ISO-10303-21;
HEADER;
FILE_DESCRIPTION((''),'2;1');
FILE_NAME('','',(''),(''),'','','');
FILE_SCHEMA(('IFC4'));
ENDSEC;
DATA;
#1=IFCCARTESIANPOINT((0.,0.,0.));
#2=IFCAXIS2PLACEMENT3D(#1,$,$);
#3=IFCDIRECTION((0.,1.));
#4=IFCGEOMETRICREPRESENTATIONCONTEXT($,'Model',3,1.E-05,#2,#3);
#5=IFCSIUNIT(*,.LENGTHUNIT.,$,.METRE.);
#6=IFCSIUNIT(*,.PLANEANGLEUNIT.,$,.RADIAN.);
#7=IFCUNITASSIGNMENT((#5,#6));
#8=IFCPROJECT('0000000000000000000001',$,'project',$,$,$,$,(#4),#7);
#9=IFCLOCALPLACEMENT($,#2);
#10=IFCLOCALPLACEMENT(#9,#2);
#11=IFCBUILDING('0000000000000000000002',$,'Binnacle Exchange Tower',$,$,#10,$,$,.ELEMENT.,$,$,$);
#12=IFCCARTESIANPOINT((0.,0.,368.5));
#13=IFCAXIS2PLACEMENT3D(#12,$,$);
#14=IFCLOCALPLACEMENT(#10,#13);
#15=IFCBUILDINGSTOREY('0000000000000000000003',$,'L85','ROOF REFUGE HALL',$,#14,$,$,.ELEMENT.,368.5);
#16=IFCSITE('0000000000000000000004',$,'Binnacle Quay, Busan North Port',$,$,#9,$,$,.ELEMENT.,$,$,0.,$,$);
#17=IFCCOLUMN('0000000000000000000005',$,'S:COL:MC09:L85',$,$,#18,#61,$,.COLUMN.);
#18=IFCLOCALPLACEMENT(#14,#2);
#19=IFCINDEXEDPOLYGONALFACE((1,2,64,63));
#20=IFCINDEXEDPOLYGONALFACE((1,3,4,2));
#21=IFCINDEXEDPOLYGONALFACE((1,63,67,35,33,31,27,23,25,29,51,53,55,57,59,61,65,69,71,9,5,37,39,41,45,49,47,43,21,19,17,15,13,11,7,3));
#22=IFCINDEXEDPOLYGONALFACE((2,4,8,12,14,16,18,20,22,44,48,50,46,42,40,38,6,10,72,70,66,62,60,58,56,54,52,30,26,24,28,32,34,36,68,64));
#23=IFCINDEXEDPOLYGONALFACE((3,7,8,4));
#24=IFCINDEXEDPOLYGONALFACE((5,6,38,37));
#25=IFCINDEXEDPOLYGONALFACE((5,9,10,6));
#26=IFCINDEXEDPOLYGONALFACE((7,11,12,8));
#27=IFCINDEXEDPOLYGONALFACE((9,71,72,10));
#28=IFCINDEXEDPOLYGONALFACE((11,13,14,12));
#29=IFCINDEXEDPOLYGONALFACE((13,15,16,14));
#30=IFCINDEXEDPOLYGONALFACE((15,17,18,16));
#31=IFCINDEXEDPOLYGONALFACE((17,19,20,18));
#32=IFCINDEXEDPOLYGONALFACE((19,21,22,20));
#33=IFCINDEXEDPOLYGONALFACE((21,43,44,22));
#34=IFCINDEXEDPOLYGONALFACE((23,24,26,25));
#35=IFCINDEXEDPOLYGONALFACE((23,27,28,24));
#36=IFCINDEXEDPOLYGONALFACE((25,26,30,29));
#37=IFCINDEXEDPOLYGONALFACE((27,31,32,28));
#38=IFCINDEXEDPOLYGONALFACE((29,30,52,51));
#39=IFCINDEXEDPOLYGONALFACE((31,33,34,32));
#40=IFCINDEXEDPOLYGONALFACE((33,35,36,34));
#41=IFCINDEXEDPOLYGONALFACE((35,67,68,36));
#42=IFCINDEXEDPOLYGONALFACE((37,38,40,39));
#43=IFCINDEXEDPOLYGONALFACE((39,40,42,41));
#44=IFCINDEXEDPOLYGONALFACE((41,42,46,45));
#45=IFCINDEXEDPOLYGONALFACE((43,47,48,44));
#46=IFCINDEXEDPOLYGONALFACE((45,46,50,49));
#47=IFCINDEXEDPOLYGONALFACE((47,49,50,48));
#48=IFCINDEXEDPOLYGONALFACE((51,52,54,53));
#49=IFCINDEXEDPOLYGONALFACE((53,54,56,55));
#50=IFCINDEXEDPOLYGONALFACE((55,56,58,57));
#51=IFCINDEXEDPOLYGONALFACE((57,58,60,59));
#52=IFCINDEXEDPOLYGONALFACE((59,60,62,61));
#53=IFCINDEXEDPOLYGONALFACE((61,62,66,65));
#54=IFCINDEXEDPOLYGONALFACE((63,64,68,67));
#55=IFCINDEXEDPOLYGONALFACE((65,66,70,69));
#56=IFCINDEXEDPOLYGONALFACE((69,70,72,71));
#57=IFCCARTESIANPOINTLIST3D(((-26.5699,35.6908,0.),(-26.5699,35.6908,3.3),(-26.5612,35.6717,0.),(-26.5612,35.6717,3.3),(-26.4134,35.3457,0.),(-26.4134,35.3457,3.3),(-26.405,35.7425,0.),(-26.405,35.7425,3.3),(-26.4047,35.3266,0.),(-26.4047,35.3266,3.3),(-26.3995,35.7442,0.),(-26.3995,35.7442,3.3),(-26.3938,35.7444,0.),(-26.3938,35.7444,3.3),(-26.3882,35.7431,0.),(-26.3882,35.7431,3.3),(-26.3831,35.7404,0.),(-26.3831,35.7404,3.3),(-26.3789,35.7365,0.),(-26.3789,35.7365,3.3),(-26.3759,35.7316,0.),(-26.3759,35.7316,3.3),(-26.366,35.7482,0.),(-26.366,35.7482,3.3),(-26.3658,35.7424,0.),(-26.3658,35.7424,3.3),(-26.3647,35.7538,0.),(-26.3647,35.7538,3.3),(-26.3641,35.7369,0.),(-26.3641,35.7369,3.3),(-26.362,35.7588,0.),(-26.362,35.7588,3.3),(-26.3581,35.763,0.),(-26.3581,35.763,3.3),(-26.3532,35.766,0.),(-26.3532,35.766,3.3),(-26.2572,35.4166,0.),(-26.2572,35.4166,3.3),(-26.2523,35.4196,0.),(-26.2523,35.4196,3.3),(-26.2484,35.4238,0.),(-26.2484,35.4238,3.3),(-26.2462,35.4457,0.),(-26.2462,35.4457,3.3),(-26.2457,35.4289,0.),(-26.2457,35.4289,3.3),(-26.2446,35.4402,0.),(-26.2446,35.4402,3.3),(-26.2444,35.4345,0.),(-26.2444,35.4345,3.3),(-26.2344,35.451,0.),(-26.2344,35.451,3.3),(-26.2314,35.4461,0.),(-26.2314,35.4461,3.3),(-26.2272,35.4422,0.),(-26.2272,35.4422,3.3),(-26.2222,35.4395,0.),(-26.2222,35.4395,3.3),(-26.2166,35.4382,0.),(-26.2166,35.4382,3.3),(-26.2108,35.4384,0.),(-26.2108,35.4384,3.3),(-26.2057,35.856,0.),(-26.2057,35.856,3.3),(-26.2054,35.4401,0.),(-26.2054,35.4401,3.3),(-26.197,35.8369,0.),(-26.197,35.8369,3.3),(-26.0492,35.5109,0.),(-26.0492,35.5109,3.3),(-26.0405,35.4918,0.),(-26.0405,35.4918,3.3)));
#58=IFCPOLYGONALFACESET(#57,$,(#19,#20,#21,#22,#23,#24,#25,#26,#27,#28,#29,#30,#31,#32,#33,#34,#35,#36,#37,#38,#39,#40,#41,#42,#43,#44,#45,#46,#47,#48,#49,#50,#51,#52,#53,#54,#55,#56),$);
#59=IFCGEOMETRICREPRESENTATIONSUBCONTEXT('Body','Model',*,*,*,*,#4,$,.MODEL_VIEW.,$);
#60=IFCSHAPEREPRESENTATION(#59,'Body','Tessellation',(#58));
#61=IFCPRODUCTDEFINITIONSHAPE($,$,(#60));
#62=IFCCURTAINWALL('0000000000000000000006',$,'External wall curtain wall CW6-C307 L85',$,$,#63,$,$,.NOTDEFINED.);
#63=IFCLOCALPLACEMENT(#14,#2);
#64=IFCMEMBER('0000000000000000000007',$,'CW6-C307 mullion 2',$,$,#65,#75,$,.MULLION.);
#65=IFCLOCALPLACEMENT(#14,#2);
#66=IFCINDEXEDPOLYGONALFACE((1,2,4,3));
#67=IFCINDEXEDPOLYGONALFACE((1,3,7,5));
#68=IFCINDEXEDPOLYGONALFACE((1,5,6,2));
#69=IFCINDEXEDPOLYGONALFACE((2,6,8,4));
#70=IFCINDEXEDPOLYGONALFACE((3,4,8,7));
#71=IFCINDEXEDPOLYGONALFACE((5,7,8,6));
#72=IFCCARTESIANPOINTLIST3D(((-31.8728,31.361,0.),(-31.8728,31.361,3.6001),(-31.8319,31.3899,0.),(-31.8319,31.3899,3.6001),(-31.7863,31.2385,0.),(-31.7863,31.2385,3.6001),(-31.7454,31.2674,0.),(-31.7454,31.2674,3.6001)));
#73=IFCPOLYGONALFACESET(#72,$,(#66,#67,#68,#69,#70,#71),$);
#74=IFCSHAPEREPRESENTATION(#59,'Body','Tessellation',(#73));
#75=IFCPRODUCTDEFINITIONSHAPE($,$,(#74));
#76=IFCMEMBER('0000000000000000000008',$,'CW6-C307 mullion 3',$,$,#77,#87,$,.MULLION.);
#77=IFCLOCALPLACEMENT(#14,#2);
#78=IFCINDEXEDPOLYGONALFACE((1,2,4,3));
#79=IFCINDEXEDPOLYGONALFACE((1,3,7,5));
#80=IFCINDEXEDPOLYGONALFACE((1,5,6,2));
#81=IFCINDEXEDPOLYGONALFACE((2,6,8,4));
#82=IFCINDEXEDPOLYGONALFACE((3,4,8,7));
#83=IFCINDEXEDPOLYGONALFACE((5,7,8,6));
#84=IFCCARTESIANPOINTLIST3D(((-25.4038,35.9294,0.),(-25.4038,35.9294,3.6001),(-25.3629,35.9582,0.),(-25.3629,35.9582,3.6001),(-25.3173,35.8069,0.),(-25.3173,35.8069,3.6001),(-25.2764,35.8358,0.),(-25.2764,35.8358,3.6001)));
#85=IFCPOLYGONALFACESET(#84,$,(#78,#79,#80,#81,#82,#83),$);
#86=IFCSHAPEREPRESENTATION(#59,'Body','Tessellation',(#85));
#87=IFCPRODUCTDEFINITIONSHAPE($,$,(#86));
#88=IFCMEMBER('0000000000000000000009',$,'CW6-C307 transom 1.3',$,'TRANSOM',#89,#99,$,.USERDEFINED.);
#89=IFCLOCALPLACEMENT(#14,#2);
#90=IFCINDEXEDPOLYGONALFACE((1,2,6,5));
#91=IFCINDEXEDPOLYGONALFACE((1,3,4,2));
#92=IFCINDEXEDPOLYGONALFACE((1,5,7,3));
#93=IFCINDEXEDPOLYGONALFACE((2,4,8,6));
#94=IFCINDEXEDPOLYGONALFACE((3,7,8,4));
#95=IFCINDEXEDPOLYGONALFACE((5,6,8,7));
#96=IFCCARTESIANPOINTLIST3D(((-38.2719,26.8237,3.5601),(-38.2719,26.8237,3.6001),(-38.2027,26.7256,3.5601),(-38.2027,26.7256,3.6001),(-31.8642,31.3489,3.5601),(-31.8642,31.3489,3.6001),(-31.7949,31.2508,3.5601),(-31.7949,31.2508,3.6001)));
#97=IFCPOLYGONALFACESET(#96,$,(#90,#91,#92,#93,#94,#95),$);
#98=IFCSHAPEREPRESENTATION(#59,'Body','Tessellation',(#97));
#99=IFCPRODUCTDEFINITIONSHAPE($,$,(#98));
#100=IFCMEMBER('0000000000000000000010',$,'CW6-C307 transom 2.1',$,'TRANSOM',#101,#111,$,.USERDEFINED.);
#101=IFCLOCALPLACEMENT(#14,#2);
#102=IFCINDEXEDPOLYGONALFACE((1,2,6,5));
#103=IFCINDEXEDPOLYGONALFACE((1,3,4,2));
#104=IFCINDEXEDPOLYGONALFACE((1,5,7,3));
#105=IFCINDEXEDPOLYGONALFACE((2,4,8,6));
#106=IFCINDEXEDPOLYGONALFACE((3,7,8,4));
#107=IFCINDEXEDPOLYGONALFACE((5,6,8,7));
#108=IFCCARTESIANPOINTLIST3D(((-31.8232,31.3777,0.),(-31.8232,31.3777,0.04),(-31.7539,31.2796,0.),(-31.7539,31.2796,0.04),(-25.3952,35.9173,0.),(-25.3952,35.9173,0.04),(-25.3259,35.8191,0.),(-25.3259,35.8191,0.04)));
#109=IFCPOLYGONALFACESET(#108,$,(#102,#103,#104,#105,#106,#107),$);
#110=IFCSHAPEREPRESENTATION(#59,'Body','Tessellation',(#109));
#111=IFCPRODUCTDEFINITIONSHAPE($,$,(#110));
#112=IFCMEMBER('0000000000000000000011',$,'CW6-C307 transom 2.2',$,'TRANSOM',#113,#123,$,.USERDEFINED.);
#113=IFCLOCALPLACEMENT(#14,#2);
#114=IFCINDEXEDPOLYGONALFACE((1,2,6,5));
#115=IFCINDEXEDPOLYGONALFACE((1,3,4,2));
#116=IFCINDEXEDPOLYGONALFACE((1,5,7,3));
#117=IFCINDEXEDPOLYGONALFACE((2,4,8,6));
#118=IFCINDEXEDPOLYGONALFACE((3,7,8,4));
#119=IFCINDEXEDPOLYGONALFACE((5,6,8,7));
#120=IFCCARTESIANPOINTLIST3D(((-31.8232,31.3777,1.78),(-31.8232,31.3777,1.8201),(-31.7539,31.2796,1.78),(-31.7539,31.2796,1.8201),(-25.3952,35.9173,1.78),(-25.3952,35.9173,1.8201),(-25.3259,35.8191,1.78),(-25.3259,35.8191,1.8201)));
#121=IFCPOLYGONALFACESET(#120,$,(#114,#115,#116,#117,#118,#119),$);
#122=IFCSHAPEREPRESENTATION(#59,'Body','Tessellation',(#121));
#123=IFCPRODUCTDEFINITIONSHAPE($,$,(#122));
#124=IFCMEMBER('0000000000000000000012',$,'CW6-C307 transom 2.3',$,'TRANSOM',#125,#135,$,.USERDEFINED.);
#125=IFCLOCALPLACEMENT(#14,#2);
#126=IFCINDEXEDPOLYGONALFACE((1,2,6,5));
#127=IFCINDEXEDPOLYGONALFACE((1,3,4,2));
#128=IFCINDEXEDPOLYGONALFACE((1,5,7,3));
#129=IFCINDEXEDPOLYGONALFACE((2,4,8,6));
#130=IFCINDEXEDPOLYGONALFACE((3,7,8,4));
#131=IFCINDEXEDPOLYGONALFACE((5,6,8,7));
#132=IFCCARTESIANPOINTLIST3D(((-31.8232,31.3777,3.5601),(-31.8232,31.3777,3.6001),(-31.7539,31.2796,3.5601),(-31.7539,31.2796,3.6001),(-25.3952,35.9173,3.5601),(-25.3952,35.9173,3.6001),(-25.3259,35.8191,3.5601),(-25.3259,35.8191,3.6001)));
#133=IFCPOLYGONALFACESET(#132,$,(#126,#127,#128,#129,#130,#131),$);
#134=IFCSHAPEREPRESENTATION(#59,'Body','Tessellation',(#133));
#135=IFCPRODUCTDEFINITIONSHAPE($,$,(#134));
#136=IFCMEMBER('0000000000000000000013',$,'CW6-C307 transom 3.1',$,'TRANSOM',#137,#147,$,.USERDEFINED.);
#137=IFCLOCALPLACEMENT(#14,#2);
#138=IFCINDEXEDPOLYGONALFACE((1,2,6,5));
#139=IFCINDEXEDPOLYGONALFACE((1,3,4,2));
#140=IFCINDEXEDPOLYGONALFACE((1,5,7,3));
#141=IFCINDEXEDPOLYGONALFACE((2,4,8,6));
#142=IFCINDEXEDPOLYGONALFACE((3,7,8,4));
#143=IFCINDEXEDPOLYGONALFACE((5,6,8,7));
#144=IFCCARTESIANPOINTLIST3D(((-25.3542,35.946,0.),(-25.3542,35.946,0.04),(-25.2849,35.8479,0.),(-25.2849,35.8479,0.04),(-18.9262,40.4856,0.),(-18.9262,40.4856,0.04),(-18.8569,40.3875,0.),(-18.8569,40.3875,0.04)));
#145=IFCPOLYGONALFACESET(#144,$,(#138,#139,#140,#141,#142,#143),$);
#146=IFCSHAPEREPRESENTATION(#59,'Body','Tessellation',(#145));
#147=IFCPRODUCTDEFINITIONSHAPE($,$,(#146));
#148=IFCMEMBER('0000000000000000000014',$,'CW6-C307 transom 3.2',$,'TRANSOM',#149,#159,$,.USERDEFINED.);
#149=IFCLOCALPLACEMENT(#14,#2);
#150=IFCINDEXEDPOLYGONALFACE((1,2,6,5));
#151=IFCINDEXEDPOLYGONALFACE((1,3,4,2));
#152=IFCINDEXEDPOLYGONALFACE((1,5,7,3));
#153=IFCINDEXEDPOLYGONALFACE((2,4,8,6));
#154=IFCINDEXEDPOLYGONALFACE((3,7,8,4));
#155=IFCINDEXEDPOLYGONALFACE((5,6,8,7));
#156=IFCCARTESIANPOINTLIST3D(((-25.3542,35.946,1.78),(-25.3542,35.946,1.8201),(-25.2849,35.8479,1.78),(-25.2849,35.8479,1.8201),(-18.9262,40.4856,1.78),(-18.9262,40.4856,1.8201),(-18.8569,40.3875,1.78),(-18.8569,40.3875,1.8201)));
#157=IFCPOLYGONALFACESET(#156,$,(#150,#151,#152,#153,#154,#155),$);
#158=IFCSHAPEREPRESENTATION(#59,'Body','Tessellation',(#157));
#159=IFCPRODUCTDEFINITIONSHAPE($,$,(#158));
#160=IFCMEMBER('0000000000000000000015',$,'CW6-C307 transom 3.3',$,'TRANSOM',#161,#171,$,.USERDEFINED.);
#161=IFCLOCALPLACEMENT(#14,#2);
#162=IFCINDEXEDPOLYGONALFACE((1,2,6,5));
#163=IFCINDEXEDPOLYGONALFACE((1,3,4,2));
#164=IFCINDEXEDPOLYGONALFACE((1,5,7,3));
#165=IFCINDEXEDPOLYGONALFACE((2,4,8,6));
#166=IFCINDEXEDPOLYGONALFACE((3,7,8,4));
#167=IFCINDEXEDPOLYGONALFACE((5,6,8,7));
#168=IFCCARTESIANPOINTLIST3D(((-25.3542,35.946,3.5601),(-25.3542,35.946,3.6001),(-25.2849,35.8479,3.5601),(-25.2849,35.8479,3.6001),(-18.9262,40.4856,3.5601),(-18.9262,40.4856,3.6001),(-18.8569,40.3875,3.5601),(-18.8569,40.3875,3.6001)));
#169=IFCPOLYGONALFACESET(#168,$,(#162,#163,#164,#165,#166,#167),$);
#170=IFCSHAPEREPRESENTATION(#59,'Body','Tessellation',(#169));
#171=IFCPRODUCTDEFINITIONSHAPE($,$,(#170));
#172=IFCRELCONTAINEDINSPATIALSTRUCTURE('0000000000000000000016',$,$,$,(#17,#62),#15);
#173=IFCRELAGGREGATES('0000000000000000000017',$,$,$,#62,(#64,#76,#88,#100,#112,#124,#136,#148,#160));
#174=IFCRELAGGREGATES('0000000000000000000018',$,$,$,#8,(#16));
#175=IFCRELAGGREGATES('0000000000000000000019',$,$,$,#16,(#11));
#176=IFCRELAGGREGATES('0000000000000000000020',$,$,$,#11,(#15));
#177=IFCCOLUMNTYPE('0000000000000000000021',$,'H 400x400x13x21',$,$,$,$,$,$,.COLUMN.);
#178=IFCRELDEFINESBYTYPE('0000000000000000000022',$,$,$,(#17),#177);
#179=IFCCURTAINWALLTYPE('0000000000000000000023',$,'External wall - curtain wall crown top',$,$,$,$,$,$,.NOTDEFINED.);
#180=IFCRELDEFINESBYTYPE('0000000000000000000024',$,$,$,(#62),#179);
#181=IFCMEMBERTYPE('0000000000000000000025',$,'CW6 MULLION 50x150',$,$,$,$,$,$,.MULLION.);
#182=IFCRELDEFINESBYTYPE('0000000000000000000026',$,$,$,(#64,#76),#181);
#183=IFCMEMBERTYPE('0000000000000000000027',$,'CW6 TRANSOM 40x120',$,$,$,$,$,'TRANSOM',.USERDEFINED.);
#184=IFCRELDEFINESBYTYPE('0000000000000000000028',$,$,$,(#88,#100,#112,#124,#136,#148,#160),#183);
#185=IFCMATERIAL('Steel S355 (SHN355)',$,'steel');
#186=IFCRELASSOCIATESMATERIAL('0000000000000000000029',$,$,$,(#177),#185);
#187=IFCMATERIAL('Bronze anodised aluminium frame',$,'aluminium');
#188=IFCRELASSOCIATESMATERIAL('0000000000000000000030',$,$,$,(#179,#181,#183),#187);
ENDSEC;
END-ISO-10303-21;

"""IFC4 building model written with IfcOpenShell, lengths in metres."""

from ifc_helpers import new_model, si_unit, direction, frame, origin, origin_2d, place, context, subcontext, project, spatial, rectangle, i_section, extrude, material, material_profile, profile_set, type_object, element, aggregate, save


model = new_model("IFC4")

# Units and contexts
model_context = context("Model", 3, precision=1e-05, world=origin(), true_north=direction((0.0, 1.0)))
body_context = subcontext(model_context, "Body", "Model", "MODEL_VIEW")
ifc_project = project(units=[si_unit("LENGTHUNIT", "METRE"), si_unit("PLANEANGLEUNIT", "RADIAN")], contexts=[model_context])

# Site, building, storey
site_placement = place(None, origin())
site = spatial("IfcSite", under=ifc_project, at=site_placement, Name="Binnacle Quay, Busan North Port", CompositionType="ELEMENT", RefElevation=0.0)
building_placement = place(site_placement, origin())
building = spatial("IfcBuilding", under=site, at=building_placement, Name="Binnacle Exchange Tower", CompositionType="ELEMENT")
storey_placement = place(building_placement, frame((0.0, 0.0, 368.5)))
storey = spatial("IfcBuildingStorey", under=building, at=storey_placement, Name="L85", Description="ROOF REFUGE HALL", CompositionType="ELEMENT", Elevation=368.5)

# Column
ifc_material_1 = material(Name="Steel S355 (SHN355)", Category="steel")
ifc_material_profile_1 = material_profile(ifc_material_1, i_section(OverallWidth=0.3999, OverallDepth=0.3999, WebThickness=0.0129, FlangeThickness=0.021, FilletRadius=0.022, at=origin_2d()), Name="H 400x400x13x21")
ifc_profile_set_1 = profile_set([ifc_material_profile_1], Name="Steel S355 (SHN355)")
column_type = type_object("IfcColumnType", Name="H 400x400x13x21", PredefinedType="COLUMN", material=ifc_profile_set_1)
column_placement = place(storey_placement, frame((-26.3052, 35.5913, 0.0), z_axis=(0.0, 0.0, 1.0), x_axis=(0.910705, 0.413057, 0.0)))
element("IfcColumn", 1, at=column_placement, inside=storey, type_object=column_type, Name="S:COL:MC09:L85", PredefinedType="COLUMN", context=body_context, shape_type="SweptSolid", body=[
    extrude(i_section(OverallWidth=0.3999, OverallDepth=0.3999, WebThickness=0.0129, FlangeThickness=0.021, FilletRadius=0.022, at=origin_2d()), origin(), (0.0, 0.0, 1.0), 3.3),
])

# Curtain wall, members
ifc_material_2 = material(Name="Bronze anodised aluminium frame", Category="aluminium")
curtain_wall_type = type_object("IfcCurtainWallType", Name="External wall - curtain wall crown top", PredefinedType="NOTDEFINED", material=ifc_material_2)
curtain_wall_placement = place(storey_placement, origin())
curtain_wall = element("IfcCurtainWall", 2, at=curtain_wall_placement, inside=storey, type_object=curtain_wall_type, Name="External wall curtain wall CW6-C307 L85", PredefinedType="NOTDEFINED")
ifc_material_profile_2 = material_profile(ifc_material_2, rectangle(XDim=0.1499, YDim=0.05, at=origin_2d()), Name="AL 50x150")
ifc_profile_set_2 = profile_set([ifc_material_profile_2], Name="Bronze anodised aluminium frame")
member_type_1 = type_object("IfcMemberType", Name="CW6 MULLION 50x150", PredefinedType="MULLION", material=ifc_profile_set_2)
member_1_placement = place(storey_placement, frame((-31.8091, 31.3142, 0.0), z_axis=(0.0, 0.0, 1.0), x_axis=(-0.576854, 0.816847, 0.0)))
member_1 = element("IfcMember", 3, at=member_1_placement, type_object=member_type_1, Name="CW6-C307 mullion 2", PredefinedType="MULLION", context=body_context, shape_type="SweptSolid", body=[
    extrude(rectangle(XDim=0.1499, YDim=0.05, at=origin_2d()), origin(), (0.0, 0.0, 1.0), 3.6001),
])
member_2_placement = place(storey_placement, frame((-25.3401, 35.8826, 0.0), z_axis=(0.0, 0.0, 1.0), x_axis=(-0.576854, 0.816847, 0.0)))
member_2 = element("IfcMember", 4, at=member_2_placement, type_object=member_type_1, Name="CW6-C307 mullion 3", PredefinedType="MULLION", context=body_context, shape_type="SweptSolid", body=[
    extrude(rectangle(XDim=0.1499, YDim=0.05, at=origin_2d()), origin(), (0.0, 0.0, 1.0), 3.6001),
])
ifc_material_profile_3 = material_profile(ifc_material_2, rectangle(XDim=0.1201, YDim=0.04, at=origin_2d()), Name="AL 120x40")
ifc_profile_set_3 = profile_set([ifc_material_profile_3], Name="Bronze anodised aluminium frame")
member_type_2 = type_object("IfcMemberType", Name="CW6 TRANSOM 40x120", ElementType="TRANSOM", PredefinedType="USERDEFINED", material=ifc_profile_set_3)
member_3_placement = place(storey_placement, frame((-38.2373, 26.7747, 3.5801), z_axis=(0.816845, 0.576858, 0.0), x_axis=(-0.576858, 0.816845, 0.0)))
member_3 = element("IfcMember", 5, at=member_3_placement, type_object=member_type_2, Name="CW6-C307 transom 1.3", ObjectType="TRANSOM", PredefinedType="USERDEFINED", context=body_context, shape_type="SweptSolid", body=[
    extrude(rectangle(XDim=0.1201, YDim=0.04, at=origin_2d()), origin(), (0.0, 0.0, 1.0), 7.8445),
])
member_4_placement = place(storey_placement, frame((-31.7886, 31.3286, 0.02), z_axis=(0.816839, 0.576866, 0.0), x_axis=(-0.576866, 0.816839, 0.0)))
member_4 = element("IfcMember", 6, at=member_4_placement, type_object=member_type_2, Name="CW6-C307 transom 2.1", ObjectType="TRANSOM", PredefinedType="USERDEFINED", context=body_context, shape_type="SweptSolid", body=[
    extrude(rectangle(XDim=0.1201, YDim=0.04, at=origin_2d()), origin(), (0.0, 0.0, 1.0), 7.8694),
])
member_5_placement = place(storey_placement, frame((-31.7886, 31.3286, 1.8), z_axis=(0.816839, 0.576866, 0.0), x_axis=(-0.576866, 0.816839, 0.0)))
member_5 = element("IfcMember", 7, at=member_5_placement, type_object=member_type_2, Name="CW6-C307 transom 2.2", ObjectType="TRANSOM", PredefinedType="USERDEFINED", context=body_context, shape_type="SweptSolid", body=[
    extrude(rectangle(XDim=0.1201, YDim=0.04, at=origin_2d()), origin(), (0.0, 0.0, 1.0), 7.8694),
])
member_6_placement = place(storey_placement, frame((-31.7886, 31.3286, 3.5801), z_axis=(0.816839, 0.576866, 0.0), x_axis=(-0.576866, 0.816839, 0.0)))
member_6 = element("IfcMember", 8, at=member_6_placement, type_object=member_type_2, Name="CW6-C307 transom 2.3", ObjectType="TRANSOM", PredefinedType="USERDEFINED", context=body_context, shape_type="SweptSolid", body=[
    extrude(rectangle(XDim=0.1201, YDim=0.04, at=origin_2d()), origin(), (0.0, 0.0, 1.0), 7.8694),
])
member_7_placement = place(storey_placement, frame((-25.3196, 35.897, 0.02), z_axis=(0.816839, 0.576866, 0.0), x_axis=(-0.576866, 0.816839, 0.0)))
member_7 = element("IfcMember", 9, at=member_7_placement, type_object=member_type_2, Name="CW6-C307 transom 3.1", ObjectType="TRANSOM", PredefinedType="USERDEFINED", context=body_context, shape_type="SweptSolid", body=[
    extrude(rectangle(XDim=0.1201, YDim=0.04, at=origin_2d()), origin(), (0.0, 0.0, 1.0), 7.8694),
])
member_8_placement = place(storey_placement, frame((-25.3196, 35.897, 1.8), z_axis=(0.816839, 0.576866, 0.0), x_axis=(-0.576866, 0.816839, 0.0)))
member_8 = element("IfcMember", 10, at=member_8_placement, type_object=member_type_2, Name="CW6-C307 transom 3.2", ObjectType="TRANSOM", PredefinedType="USERDEFINED", context=body_context, shape_type="SweptSolid", body=[
    extrude(rectangle(XDim=0.1201, YDim=0.04, at=origin_2d()), origin(), (0.0, 0.0, 1.0), 7.8694),
])
member_9_placement = place(storey_placement, frame((-25.3196, 35.897, 3.5801), z_axis=(0.816839, 0.576866, 0.0), x_axis=(-0.576866, 0.816839, 0.0)))
member_9 = element("IfcMember", 11, at=member_9_placement, type_object=member_type_2, Name="CW6-C307 transom 3.3", ObjectType="TRANSOM", PredefinedType="USERDEFINED", context=body_context, shape_type="SweptSolid", body=[
    extrude(rectangle(XDim=0.1201, YDim=0.04, at=origin_2d()), origin(), (0.0, 0.0, 1.0), 7.8694),
])

aggregate(curtain_wall, [member_1, member_2, member_3, member_4, member_5, member_6, member_7, member_8, member_9])

save(model, "model.ifc")
